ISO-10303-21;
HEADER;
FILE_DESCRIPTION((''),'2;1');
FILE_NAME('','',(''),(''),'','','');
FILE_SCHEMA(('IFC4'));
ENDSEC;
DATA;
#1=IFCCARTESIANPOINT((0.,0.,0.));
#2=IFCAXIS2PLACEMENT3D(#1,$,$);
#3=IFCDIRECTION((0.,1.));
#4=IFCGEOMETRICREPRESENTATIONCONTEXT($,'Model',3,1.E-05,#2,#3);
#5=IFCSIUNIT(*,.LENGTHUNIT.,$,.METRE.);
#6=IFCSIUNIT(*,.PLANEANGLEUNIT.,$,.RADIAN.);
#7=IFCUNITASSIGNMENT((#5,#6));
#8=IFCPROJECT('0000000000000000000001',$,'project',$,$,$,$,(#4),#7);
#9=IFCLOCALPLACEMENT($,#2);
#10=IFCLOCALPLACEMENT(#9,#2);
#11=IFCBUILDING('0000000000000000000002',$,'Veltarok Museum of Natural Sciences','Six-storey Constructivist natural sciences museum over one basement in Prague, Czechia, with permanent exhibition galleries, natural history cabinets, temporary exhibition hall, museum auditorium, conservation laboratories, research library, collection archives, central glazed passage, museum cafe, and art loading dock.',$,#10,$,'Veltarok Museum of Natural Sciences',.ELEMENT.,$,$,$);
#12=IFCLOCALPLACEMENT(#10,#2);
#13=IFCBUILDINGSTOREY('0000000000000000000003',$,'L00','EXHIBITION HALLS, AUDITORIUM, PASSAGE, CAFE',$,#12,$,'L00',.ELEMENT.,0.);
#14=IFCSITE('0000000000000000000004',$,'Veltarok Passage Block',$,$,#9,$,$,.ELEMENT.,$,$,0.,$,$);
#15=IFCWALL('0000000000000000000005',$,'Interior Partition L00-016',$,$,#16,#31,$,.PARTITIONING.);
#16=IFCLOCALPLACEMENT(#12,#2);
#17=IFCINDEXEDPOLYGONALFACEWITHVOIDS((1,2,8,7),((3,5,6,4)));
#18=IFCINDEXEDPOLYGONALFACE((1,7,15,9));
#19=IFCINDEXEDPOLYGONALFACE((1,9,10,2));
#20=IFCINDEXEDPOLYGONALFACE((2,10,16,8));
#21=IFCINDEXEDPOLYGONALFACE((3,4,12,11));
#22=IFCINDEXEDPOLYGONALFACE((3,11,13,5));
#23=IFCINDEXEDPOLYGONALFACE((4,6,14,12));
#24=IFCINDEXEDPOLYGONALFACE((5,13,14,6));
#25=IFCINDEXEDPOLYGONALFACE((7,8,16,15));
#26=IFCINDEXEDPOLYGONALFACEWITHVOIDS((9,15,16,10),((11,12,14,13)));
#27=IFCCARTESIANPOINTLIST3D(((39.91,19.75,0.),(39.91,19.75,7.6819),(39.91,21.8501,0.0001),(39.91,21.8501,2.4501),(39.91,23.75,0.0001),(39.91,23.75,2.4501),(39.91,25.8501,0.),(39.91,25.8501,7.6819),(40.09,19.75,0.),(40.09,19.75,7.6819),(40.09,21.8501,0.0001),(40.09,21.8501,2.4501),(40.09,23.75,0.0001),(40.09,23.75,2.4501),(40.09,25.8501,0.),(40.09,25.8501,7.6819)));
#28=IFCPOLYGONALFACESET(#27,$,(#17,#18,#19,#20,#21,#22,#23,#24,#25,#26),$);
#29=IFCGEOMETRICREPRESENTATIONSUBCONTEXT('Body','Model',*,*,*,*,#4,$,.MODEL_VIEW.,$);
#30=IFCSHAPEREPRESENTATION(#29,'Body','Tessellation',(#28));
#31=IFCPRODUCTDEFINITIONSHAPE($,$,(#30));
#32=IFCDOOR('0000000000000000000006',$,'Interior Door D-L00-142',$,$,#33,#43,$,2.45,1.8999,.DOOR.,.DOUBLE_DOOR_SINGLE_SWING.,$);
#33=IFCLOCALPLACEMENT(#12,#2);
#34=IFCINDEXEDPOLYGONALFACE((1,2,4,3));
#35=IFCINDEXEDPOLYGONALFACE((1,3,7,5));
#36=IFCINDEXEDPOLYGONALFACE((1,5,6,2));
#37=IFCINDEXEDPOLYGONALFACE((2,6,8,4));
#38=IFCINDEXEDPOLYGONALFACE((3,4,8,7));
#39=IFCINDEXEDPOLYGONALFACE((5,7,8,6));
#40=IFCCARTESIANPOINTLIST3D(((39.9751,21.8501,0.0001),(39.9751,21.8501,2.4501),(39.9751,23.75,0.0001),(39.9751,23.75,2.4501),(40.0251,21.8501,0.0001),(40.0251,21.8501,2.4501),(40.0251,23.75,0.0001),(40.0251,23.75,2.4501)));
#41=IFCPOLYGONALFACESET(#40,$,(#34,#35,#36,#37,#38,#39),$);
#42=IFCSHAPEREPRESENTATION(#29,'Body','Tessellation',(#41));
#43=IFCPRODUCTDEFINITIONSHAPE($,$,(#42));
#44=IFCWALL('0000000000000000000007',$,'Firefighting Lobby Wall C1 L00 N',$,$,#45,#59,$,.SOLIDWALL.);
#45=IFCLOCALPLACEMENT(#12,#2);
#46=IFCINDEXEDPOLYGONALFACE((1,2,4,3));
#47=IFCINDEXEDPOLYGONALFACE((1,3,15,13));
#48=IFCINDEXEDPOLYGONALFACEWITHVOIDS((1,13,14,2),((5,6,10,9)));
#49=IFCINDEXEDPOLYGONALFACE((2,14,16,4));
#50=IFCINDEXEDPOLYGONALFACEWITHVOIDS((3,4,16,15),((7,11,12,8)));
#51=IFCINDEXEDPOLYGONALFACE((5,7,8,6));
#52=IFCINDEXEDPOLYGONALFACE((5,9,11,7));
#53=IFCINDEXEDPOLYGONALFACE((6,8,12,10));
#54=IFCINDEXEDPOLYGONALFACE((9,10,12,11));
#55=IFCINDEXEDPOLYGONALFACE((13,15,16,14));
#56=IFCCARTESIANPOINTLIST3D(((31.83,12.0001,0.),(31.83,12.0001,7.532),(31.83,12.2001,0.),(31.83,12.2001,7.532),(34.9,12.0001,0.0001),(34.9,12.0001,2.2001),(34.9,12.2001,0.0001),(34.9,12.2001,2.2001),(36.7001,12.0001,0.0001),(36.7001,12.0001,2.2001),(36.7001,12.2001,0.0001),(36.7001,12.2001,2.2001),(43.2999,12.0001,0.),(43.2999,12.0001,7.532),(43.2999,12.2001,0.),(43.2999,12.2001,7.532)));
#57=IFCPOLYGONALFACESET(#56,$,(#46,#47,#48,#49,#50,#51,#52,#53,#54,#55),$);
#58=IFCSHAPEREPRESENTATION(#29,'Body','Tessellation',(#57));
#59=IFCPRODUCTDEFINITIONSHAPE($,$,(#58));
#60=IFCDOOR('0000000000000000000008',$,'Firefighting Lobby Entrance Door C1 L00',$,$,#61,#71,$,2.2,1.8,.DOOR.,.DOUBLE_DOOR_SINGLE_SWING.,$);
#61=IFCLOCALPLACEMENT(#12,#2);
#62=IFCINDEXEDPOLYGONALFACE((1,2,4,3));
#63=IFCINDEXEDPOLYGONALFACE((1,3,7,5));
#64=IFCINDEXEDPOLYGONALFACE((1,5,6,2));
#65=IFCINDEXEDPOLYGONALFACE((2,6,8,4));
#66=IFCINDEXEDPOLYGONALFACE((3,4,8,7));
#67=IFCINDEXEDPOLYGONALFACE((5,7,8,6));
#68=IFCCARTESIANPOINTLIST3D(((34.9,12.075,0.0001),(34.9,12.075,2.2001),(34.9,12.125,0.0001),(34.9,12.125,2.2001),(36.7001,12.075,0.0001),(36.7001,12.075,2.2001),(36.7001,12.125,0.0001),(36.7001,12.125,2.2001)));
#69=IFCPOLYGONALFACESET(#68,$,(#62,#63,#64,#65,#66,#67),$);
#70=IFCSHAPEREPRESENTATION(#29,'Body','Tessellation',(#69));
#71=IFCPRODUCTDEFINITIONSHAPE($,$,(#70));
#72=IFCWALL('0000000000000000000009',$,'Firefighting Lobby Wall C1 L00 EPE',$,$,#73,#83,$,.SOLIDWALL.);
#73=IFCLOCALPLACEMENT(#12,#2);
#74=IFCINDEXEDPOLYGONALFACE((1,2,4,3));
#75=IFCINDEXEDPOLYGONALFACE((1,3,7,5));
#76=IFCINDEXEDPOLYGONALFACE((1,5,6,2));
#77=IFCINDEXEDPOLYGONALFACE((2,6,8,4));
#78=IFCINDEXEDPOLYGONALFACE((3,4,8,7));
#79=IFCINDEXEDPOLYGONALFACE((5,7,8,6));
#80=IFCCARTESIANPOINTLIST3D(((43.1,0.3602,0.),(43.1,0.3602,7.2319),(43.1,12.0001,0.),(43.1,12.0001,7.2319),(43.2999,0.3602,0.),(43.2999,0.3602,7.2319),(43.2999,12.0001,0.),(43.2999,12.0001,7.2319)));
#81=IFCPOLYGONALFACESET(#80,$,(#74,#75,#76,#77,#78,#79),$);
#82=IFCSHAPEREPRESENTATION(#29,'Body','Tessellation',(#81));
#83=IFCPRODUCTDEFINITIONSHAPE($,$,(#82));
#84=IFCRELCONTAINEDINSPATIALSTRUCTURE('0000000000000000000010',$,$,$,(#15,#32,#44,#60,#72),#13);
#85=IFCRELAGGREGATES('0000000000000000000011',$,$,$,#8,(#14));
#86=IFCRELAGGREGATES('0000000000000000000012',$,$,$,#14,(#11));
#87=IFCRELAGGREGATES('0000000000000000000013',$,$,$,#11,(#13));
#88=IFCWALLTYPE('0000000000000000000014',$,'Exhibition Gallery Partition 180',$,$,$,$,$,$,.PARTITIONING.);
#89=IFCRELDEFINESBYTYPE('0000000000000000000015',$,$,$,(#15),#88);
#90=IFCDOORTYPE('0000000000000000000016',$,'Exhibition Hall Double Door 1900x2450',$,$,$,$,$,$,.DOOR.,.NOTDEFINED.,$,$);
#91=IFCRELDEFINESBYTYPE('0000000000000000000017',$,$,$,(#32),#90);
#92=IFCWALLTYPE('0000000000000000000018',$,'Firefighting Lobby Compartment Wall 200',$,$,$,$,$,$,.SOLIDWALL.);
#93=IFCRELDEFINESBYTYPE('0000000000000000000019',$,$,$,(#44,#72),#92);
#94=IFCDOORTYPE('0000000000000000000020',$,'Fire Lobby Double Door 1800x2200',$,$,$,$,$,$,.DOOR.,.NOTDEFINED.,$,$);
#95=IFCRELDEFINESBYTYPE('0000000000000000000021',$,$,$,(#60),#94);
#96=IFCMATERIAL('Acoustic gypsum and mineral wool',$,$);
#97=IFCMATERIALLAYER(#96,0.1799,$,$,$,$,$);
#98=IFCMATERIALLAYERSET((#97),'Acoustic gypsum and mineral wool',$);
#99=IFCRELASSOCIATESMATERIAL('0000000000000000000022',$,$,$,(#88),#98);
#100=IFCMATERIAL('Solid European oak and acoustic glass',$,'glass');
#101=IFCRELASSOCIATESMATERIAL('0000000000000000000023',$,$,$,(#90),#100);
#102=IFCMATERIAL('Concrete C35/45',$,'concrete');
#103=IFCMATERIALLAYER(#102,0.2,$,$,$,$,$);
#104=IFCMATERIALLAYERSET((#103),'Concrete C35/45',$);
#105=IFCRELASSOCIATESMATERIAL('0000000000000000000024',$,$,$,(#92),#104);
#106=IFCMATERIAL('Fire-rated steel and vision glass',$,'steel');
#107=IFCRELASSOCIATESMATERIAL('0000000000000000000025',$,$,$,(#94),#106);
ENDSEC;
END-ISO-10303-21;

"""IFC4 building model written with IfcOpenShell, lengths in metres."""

from ifc_helpers import new_model, si_unit, direction, frame, frame_2d, origin, place, context, subcontext, project, spatial, rectangle, extrude, material, layer, layer_set, type_object, element, fill, save


model = new_model("IFC4")

# Units and contexts
model_context = context("Model", 3, precision=1e-05, world=origin(), true_north=direction((0.0, 1.0)))
body_context = subcontext(model_context, "Body", "Model", "MODEL_VIEW")
ifc_project = project(units=[si_unit("LENGTHUNIT", "METRE"), si_unit("PLANEANGLEUNIT", "RADIAN")], contexts=[model_context])

# Site, building, storey
site_placement = place(None, origin())
site = spatial("IfcSite", under=ifc_project, at=site_placement, Name="Veltarok Passage Block", CompositionType="ELEMENT", RefElevation=0.0)
building_placement = place(site_placement, origin())
building = spatial("IfcBuilding", under=site, at=building_placement, Name="Veltarok Museum of Natural Sciences", Description="Six-storey Constructivist natural sciences museum over one basement in Prague, Czechia, with permanent exhibition galleries, natural history cabinets, temporary exhibition hall, museum auditorium, conservation laboratories, research library, collection archives, central glazed passage, museum cafe, and art loading dock.", LongName="Veltarok Museum of Natural Sciences", CompositionType="ELEMENT")
storey_placement = place(building_placement, origin())
storey = spatial("IfcBuildingStorey", under=building, at=storey_placement, Name="L00", Description="EXHIBITION HALLS, AUDITORIUM, PASSAGE, CAFE", LongName="L00", CompositionType="ELEMENT", Elevation=0.0)

# Walls, openings, doors
ifc_material_1 = material(Name="Acoustic gypsum and mineral wool")
ifc_layer_1 = layer(ifc_material_1, 0.1799)
ifc_layer_set_1 = layer_set([ifc_layer_1], Name="Acoustic gypsum and mineral wool")
wall_type_1 = type_object("IfcWallType", Name="Exhibition Gallery Partition 180", PredefinedType="PARTITIONING", material=ifc_layer_set_1)
wall_1_placement = place(storey_placement, frame((40.0, 19.75, 0.0), z_axis=(0.0, 0.0, 1.0), x_axis=(0.0, 1.0, 0.0)))
wall_1 = element("IfcWall", 1, at=wall_1_placement, inside=storey, type_object=wall_type_1, Name="Interior Partition L00-016", PredefinedType="PARTITIONING", context=body_context, shape_type="SweptSolid", body=[
    extrude(rectangle(XDim=6.1001, YDim=0.1799, at=frame_2d((3.05, 0.0))), origin(), (0.0, 0.0, 1.0), 7.6819),
])
opening_1_placement = place(wall_1_placement, frame((2.1001, 0.0, 0.0)))
opening_1 = element("IfcOpeningElement", 2, at=opening_1_placement, cuts=wall_1, PredefinedType="OPENING", context=body_context, shape_type="SweptSolid", body=[
    extrude(rectangle(XDim=1.8999, YDim=2.45, at=frame_2d((0.95, 1.2251))), frame((0.0, 0.1001, 0.0), z_axis=(0.0, -1.0, 0.0), x_axis=(1.0, 0.0, 0.0)), (0.0, 0.0, 1.0), 0.2),
])
ifc_material_2 = material(Name="Solid European oak and acoustic glass", Category="glass")
door_type_1 = type_object("IfcDoorType", Name="Exhibition Hall Double Door 1900x2450", OperationType="NOTDEFINED", PredefinedType="DOOR", material=ifc_material_2)
door_1_placement = place(opening_1_placement, origin())
door_1 = element("IfcDoor", 3, at=door_1_placement, inside=storey, type_object=door_type_1, Name="Interior Door D-L00-142", OperationType="DOUBLE_DOOR_SINGLE_SWING", OverallHeight=2.45, OverallWidth=1.8999, PredefinedType="DOOR", context=body_context, shape_type="SweptSolid", body=[
    extrude(rectangle(XDim=1.8999, YDim=2.45, at=frame_2d((0.95, 1.2251))), frame((0.0, 0.0249, 0.0), z_axis=(0.0, -1.0, 0.0), x_axis=(1.0, 0.0, 0.0)), (0.0, 0.0, 1.0), 0.05),
])
fill(opening_1, door_1)
ifc_material_3 = material(Name="Concrete C35/45", Category="concrete")
ifc_layer_2 = layer(ifc_material_3, 0.2)
ifc_layer_set_2 = layer_set([ifc_layer_2], Name="Concrete C35/45")
wall_type_2 = type_object("IfcWallType", Name="Firefighting Lobby Compartment Wall 200", PredefinedType="SOLIDWALL", material=ifc_layer_set_2)
wall_2_placement = place(storey_placement, frame((31.8301, 12.1001, 0.0), z_axis=(0.0, 0.0, 1.0), x_axis=(1.0, 0.0, 0.0)))
wall_2 = element("IfcWall", 4, at=wall_2_placement, inside=storey, type_object=wall_type_2, Name="Firefighting Lobby Wall C1 L00 N", PredefinedType="SOLIDWALL", context=body_context, shape_type="SweptSolid", body=[
    extrude(rectangle(XDim=11.47, YDim=0.2, at=frame_2d((5.7349, 0.0))), origin(), (0.0, 0.0, 1.0), 7.532),
])
opening_2_placement = place(wall_2_placement, frame((3.0701, 0.0, 0.0)))
opening_2 = element("IfcOpeningElement", 5, at=opening_2_placement, cuts=wall_2, PredefinedType="OPENING", context=body_context, shape_type="SweptSolid", body=[
    extrude(rectangle(XDim=1.8, YDim=2.2, at=frame_2d((0.8999, 1.1001))), frame((0.0, 0.1099, 0.0), z_axis=(0.0, -1.0, 0.0), x_axis=(1.0, 0.0, 0.0)), (0.0, 0.0, 1.0), 0.22),
])
ifc_material_4 = material(Name="Fire-rated steel and vision glass", Category="steel")
door_type_2 = type_object("IfcDoorType", Name="Fire Lobby Double Door 1800x2200", OperationType="NOTDEFINED", PredefinedType="DOOR", material=ifc_material_4)
door_2_placement = place(opening_2_placement, origin())
door_2 = element("IfcDoor", 6, at=door_2_placement, inside=storey, type_object=door_type_2, Name="Firefighting Lobby Entrance Door C1 L00", OperationType="DOUBLE_DOOR_SINGLE_SWING", OverallHeight=2.2, OverallWidth=1.8, PredefinedType="DOOR", context=body_context, shape_type="SweptSolid", body=[
    extrude(rectangle(XDim=1.8, YDim=2.2, at=frame_2d((0.8999, 1.1001))), frame((0.0, 0.0249, 0.0), z_axis=(0.0, -1.0, 0.0), x_axis=(1.0, 0.0, 0.0)), (0.0, 0.0, 1.0), 0.05),
])
fill(opening_2, door_2)

# Wall
wall_3_placement = place(storey_placement, frame((43.2, 12.0, 0.0), z_axis=(0.0, 0.0, 1.0), x_axis=(0.0, -1.0, 0.0)))
element("IfcWall", 7, at=wall_3_placement, inside=storey, type_object=wall_type_2, Name="Firefighting Lobby Wall C1 L00 EPE", PredefinedType="SOLIDWALL", context=body_context, shape_type="SweptSolid", body=[
    extrude(rectangle(XDim=11.6399, YDim=0.2, at=frame_2d((5.8198, 0.0))), origin(), (0.0, 0.0, 1.0), 7.2319),
])

save(model, "model.ifc")
